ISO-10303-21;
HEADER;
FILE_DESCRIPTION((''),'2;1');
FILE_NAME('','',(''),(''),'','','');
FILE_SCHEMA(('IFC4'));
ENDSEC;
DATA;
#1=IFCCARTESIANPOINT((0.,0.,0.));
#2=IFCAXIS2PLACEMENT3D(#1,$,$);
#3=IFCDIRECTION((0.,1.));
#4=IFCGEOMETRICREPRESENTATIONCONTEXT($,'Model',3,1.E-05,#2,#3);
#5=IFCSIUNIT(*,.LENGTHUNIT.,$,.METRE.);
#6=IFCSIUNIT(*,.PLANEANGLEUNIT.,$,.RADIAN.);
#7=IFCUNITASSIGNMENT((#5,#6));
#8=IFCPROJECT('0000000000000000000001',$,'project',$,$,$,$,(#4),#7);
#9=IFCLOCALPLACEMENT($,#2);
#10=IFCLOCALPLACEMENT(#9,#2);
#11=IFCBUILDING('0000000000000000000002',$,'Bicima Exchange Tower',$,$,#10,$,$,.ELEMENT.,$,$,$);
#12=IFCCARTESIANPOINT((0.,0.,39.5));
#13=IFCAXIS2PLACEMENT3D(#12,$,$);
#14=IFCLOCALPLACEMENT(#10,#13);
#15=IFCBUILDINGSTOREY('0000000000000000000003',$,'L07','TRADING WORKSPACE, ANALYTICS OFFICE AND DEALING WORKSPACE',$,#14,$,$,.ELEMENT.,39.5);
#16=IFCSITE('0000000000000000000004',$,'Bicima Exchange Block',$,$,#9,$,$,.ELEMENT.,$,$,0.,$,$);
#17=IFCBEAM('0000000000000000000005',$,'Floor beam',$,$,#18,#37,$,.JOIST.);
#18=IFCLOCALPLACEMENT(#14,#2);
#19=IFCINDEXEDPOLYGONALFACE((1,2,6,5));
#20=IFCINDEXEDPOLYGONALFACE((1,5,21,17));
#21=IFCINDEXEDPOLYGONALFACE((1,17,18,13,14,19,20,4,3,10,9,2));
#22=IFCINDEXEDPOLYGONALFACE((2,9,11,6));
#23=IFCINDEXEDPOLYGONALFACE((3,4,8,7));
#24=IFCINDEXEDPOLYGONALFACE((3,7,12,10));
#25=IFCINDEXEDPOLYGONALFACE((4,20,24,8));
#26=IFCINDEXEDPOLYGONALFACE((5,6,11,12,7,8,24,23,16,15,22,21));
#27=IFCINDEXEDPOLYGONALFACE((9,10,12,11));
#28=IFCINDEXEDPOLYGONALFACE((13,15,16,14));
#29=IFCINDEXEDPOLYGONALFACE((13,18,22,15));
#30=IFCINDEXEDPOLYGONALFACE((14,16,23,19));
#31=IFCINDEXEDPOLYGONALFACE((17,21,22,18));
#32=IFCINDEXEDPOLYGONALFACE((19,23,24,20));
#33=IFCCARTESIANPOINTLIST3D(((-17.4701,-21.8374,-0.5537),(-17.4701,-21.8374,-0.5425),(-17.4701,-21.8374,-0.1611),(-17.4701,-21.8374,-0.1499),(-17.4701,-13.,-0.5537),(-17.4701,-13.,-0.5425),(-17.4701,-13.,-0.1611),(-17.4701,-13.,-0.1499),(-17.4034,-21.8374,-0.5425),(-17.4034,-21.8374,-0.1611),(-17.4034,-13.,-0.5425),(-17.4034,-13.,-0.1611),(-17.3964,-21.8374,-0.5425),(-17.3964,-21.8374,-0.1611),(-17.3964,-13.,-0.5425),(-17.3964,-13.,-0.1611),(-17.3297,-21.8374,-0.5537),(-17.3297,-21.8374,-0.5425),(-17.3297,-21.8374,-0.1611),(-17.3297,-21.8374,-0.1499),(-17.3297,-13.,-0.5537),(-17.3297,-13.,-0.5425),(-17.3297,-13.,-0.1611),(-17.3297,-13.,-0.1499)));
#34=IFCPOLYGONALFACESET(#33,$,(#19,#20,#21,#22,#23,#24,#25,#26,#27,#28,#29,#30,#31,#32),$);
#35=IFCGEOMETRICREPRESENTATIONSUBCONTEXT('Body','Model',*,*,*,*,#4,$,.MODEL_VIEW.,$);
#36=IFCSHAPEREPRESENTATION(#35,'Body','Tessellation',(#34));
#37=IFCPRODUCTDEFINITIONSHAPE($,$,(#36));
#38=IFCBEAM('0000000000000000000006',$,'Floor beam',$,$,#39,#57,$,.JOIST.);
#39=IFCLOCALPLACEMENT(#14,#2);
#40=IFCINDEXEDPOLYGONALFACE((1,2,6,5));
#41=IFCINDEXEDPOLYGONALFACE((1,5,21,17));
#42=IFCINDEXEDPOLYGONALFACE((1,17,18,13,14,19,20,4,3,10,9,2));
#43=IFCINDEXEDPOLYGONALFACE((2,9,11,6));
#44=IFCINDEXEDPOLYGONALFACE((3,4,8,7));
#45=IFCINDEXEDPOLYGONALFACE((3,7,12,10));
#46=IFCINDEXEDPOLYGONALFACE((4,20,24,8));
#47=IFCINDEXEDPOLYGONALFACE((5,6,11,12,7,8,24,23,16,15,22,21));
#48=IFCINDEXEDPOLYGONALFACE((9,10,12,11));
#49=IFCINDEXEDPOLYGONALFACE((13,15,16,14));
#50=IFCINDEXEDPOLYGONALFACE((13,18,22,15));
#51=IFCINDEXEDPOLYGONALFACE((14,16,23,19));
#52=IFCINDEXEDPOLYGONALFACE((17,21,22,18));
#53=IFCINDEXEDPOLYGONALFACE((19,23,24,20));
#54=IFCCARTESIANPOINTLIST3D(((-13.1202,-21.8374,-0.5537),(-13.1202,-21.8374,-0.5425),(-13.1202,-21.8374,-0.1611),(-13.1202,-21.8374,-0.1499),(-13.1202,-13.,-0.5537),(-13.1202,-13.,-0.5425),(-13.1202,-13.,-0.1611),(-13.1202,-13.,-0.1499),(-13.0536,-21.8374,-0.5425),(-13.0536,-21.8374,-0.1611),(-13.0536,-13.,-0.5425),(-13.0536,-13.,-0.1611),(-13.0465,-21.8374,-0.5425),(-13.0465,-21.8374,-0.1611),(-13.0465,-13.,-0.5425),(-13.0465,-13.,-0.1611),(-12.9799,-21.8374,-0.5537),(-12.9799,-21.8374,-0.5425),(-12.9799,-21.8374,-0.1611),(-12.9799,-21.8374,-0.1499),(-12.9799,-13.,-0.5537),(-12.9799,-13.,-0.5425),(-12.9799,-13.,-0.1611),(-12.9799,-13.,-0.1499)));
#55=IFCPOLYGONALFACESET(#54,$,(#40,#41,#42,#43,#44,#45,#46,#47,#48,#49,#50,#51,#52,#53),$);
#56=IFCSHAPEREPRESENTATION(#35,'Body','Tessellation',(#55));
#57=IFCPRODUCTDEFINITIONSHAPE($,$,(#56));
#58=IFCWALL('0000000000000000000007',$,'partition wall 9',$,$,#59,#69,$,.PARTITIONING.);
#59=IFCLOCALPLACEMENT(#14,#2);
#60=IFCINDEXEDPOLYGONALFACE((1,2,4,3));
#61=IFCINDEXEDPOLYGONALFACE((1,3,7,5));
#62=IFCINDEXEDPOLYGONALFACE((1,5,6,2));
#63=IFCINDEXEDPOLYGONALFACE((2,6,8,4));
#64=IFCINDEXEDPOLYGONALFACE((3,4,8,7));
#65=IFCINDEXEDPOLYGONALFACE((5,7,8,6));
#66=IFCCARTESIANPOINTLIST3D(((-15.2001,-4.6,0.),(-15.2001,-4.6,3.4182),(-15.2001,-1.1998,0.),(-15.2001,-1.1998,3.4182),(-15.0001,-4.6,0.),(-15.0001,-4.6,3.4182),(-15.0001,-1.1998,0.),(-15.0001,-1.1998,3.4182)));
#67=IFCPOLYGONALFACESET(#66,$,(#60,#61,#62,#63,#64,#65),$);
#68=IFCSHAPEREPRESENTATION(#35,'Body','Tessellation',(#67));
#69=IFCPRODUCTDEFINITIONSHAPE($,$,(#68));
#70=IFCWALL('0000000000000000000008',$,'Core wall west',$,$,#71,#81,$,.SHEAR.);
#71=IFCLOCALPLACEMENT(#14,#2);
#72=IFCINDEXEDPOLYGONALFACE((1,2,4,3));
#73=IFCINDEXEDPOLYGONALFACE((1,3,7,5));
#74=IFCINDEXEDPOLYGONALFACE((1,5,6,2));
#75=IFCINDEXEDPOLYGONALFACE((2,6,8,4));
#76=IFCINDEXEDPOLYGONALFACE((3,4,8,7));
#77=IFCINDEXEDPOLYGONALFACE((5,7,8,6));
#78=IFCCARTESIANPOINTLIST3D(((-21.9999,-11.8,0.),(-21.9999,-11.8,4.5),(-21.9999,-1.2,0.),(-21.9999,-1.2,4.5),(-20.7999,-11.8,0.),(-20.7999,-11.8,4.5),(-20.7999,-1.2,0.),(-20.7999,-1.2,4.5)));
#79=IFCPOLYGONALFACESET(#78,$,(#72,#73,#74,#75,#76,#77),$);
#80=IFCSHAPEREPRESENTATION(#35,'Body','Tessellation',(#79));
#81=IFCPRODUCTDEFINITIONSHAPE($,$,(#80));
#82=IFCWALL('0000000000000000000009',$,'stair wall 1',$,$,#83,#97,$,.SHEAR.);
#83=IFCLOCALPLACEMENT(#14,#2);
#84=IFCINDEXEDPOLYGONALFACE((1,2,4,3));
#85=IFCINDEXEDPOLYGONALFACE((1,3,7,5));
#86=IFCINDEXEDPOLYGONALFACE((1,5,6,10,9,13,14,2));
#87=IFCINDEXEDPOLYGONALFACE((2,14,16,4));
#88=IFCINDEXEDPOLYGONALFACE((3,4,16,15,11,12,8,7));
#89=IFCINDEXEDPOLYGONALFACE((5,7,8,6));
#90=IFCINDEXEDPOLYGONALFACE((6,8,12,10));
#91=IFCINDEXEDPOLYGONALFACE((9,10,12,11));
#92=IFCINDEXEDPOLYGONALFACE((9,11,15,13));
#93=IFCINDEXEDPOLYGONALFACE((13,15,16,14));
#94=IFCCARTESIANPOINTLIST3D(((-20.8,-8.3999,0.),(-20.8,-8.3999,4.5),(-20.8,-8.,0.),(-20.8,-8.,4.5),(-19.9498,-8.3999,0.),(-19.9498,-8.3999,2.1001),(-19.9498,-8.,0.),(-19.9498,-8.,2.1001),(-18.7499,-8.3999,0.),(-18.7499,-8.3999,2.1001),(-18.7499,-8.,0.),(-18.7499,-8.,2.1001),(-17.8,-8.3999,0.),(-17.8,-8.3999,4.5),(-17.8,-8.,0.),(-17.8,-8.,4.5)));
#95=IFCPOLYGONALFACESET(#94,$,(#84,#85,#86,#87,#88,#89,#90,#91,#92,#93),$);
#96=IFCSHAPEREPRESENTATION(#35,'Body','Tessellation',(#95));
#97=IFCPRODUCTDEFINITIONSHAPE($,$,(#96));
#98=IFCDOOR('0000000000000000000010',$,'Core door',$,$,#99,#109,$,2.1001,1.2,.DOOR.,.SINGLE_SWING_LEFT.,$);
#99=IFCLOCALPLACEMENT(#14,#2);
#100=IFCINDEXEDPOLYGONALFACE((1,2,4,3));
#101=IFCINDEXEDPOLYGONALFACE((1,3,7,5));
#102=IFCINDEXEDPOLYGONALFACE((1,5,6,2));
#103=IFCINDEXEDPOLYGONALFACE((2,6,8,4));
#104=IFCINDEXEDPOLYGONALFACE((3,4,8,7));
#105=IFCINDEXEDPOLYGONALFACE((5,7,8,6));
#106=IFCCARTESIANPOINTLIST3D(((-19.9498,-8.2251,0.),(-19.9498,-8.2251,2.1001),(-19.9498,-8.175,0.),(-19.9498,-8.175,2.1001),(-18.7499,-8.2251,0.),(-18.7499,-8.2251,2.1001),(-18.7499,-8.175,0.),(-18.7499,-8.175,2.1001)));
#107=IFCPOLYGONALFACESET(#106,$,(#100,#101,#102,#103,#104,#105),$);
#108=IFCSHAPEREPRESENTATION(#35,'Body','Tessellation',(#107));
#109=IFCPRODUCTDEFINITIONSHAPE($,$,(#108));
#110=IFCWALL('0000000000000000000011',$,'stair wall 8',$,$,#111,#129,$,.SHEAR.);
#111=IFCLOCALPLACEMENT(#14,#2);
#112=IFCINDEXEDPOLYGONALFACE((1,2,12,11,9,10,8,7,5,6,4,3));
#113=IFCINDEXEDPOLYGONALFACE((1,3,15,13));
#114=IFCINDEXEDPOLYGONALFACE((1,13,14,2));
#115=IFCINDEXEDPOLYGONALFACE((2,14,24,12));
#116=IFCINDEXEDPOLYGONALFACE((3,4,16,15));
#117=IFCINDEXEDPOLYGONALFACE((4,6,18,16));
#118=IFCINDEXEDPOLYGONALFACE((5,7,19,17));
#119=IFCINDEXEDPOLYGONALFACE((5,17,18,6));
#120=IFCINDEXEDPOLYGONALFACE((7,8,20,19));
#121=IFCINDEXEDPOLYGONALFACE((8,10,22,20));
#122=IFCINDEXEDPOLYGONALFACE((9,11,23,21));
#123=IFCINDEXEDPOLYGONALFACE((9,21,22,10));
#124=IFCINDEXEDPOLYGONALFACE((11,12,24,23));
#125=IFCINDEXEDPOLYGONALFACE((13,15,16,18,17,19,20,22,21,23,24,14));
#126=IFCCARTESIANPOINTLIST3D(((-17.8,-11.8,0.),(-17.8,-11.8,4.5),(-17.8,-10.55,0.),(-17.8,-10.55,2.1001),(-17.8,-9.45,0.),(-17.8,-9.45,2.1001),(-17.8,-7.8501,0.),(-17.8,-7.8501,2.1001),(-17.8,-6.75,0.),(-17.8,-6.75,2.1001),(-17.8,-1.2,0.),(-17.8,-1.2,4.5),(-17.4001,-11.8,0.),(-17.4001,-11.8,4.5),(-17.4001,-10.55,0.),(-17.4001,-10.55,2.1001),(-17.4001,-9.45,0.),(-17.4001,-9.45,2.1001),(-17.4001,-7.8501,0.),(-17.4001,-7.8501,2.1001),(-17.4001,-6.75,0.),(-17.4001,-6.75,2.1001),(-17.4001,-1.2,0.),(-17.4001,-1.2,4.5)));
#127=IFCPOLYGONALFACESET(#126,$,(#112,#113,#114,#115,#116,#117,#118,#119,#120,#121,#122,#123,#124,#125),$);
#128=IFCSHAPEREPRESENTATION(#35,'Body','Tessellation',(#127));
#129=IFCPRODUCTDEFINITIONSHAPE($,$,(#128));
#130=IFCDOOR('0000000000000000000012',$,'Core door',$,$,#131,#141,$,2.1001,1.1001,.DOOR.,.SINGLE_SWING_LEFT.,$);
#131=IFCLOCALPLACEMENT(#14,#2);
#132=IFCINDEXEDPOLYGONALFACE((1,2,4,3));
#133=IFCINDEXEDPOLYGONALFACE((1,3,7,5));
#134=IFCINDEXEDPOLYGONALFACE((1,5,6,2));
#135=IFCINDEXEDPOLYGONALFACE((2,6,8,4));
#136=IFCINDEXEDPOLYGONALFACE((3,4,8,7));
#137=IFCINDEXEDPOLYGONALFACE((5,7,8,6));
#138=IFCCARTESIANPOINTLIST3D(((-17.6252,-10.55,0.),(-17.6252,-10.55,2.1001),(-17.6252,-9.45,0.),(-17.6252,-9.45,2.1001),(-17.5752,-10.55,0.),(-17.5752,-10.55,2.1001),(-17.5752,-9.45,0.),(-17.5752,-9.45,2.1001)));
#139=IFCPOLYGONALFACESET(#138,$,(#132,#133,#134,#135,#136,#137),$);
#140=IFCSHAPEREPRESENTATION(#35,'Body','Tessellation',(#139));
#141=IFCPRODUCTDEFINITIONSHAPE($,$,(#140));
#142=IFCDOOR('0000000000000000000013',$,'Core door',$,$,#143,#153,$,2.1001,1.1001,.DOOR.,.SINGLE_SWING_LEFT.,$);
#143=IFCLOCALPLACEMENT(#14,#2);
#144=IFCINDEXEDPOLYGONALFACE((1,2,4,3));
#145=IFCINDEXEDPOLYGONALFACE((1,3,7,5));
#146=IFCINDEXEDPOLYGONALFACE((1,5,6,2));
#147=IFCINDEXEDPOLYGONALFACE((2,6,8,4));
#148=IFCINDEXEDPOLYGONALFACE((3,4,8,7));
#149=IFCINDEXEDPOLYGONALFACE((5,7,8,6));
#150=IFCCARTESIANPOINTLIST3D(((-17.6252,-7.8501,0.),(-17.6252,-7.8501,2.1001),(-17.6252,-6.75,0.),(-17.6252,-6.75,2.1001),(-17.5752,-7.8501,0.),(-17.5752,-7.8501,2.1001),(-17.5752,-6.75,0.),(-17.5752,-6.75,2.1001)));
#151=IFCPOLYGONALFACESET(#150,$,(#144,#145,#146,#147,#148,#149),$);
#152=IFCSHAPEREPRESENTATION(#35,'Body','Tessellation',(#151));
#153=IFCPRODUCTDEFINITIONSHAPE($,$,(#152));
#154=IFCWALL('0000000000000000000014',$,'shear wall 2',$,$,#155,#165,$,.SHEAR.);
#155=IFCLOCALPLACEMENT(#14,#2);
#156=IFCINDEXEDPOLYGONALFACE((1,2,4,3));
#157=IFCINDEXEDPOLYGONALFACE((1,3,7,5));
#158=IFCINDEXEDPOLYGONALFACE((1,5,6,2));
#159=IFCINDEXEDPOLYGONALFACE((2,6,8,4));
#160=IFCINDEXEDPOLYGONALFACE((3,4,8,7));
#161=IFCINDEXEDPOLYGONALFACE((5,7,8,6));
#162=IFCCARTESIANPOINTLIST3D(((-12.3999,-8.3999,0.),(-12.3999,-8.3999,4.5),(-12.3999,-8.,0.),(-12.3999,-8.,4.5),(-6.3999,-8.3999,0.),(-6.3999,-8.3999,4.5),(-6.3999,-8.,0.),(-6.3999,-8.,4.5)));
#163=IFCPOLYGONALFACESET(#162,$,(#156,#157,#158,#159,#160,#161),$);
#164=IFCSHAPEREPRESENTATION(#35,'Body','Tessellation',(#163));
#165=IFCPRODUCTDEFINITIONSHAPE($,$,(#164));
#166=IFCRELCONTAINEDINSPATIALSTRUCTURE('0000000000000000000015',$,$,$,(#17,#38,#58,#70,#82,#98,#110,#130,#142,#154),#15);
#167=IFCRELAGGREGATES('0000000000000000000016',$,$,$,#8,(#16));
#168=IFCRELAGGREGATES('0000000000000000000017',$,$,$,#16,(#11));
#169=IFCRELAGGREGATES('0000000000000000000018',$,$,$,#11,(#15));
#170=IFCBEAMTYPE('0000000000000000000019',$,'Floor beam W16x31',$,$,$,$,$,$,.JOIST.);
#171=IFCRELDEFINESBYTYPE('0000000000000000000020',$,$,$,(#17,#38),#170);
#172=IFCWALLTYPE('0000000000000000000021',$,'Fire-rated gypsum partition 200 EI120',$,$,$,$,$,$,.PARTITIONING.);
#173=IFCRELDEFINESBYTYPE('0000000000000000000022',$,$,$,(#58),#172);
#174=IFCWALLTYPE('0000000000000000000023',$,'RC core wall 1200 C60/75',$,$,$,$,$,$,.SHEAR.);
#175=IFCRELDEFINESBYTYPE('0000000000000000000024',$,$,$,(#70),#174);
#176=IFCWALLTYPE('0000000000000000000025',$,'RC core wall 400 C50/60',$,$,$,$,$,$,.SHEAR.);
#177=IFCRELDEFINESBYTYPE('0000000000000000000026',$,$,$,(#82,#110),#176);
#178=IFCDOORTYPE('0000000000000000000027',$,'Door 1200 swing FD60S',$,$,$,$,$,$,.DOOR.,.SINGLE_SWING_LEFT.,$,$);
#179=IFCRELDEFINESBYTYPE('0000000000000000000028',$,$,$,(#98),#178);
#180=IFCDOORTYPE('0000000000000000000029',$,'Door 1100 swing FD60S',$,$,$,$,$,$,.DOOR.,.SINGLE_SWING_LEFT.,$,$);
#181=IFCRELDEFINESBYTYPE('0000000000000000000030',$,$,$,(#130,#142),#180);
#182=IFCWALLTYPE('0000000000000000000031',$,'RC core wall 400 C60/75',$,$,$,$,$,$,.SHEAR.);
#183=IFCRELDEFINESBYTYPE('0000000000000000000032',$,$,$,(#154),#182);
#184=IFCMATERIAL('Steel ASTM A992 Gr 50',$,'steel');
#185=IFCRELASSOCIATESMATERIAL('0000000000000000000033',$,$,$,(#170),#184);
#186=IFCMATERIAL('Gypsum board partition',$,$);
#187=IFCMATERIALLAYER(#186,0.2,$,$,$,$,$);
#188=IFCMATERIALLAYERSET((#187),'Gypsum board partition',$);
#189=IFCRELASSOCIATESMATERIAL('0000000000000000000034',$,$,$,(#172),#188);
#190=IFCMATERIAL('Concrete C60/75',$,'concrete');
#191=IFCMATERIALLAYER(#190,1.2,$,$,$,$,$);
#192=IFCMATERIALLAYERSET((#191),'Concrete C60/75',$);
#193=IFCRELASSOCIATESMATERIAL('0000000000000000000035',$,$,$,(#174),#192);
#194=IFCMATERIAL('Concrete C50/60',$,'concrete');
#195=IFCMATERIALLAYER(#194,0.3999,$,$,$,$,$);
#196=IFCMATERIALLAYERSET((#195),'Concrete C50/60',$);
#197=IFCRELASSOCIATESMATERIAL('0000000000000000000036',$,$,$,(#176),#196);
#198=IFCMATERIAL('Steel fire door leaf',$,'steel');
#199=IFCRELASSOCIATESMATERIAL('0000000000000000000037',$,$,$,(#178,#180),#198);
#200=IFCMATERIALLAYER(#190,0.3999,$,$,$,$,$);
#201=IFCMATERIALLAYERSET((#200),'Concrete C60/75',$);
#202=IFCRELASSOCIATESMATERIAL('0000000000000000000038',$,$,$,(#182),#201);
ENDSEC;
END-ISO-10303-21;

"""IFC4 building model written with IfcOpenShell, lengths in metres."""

from ifc_helpers import new_model, si_unit, direction, frame, frame_2d, origin, origin_2d, place, context, subcontext, project, spatial, rectangle, i_section, extrude, material, layer, layer_set, material_profile, profile_set, type_object, element, fill, save


model = new_model("IFC4")

# Units and contexts
model_context = context("Model", 3, precision=1e-05, world=origin(), true_north=direction((0.0, 1.0)))
body_context = subcontext(model_context, "Body", "Model", "MODEL_VIEW")
ifc_project = project(units=[si_unit("LENGTHUNIT", "METRE"), si_unit("PLANEANGLEUNIT", "RADIAN")], contexts=[model_context])

# Site, building, storey
site_placement = place(None, origin())
site = spatial("IfcSite", under=ifc_project, at=site_placement, Name="Bicima Exchange Block", CompositionType="ELEMENT", RefElevation=0.0)
building_placement = place(site_placement, origin())
building = spatial("IfcBuilding", under=site, at=building_placement, Name="Bicima Exchange Tower", CompositionType="ELEMENT")
storey_placement = place(building_placement, frame((0.0, 0.0, 39.5)))
storey = spatial("IfcBuildingStorey", under=building, at=storey_placement, Name="L07", Description="TRADING WORKSPACE, ANALYTICS OFFICE AND DEALING WORKSPACE", CompositionType="ELEMENT", Elevation=39.5)

# Beams
ifc_material_1 = material(Name="Steel ASTM A992 Gr 50", Category="steel")
ifc_material_profile = material_profile(ifc_material_1, i_section(OverallWidth=0.1404, OverallDepth=0.4038, WebThickness=0.0071, FlangeThickness=0.0112, at=origin_2d()))
ifc_profile_set = profile_set([ifc_material_profile], Name="Steel ASTM A992 Gr 50")
beam_type = type_object("IfcBeamType", Name="Floor beam W16x31", PredefinedType="JOIST", material=ifc_profile_set)
for number, where, z_axis, x_axis, name in (
    (1, (-17.3999, -13.0, -0.3518), (0.0, -1.0, 0.0), (1.0, 0.0, 0.0), "Floor beam"),
    (2, (-13.05, -13.0, -0.3518), (0.0, -1.0, 0.0), (1.0, 0.0, 0.0), "Floor beam"),
):
    element("IfcBeam", number, at=place(storey_placement, frame(where, z_axis=z_axis, x_axis=x_axis)), inside=storey, type_object=beam_type, Name=name, PredefinedType="JOIST", context=body_context, shape_type="SweptSolid", body=[
        extrude(i_section(OverallWidth=0.1404, OverallDepth=0.4038, WebThickness=0.0071, FlangeThickness=0.0112, at=origin_2d()), origin(), (0.0, 0.0, 1.0), 8.8374),
    ])

# Walls
ifc_material_2 = material(Name="Gypsum board partition")
ifc_layer_1 = layer(ifc_material_2, 0.2)
ifc_layer_set_1 = layer_set([ifc_layer_1], Name="Gypsum board partition")
wall_type_1 = type_object("IfcWallType", Name="Fire-rated gypsum partition 200 EI120", PredefinedType="PARTITIONING", material=ifc_layer_set_1)
wall_1_placement = place(storey_placement, frame((-15.1001, -4.6001, 0.0), z_axis=(0.0, 0.0, 1.0), x_axis=(0.0, 1.0, 0.0)))
element("IfcWall", 3, at=wall_1_placement, inside=storey, type_object=wall_type_1, Name="partition wall 9", PredefinedType="PARTITIONING", context=body_context, shape_type="SweptSolid", body=[
    extrude(rectangle(XDim=3.4001, YDim=0.2, at=frame_2d((1.7002, 0.0))), origin(), (0.0, 0.0, 1.0), 3.4182),
])
ifc_material_3 = material(Name="Concrete C60/75", Category="concrete")
ifc_layer_2 = layer(ifc_material_3, 1.2)
ifc_layer_set_2 = layer_set([ifc_layer_2], Name="Concrete C60/75")
wall_type_2 = type_object("IfcWallType", Name="RC core wall 1200 C60/75", PredefinedType="SHEAR", material=ifc_layer_set_2)
wall_2_placement = place(storey_placement, frame((-21.3999, -11.8, 0.0), z_axis=(0.0, 0.0, 1.0), x_axis=(0.0, 1.0, 0.0)))
element("IfcWall", 4, at=wall_2_placement, inside=storey, type_object=wall_type_2, Name="Core wall west", PredefinedType="SHEAR", context=body_context, shape_type="SweptSolid", body=[
    extrude(rectangle(XDim=10.6001, YDim=1.2, at=frame_2d((5.3, 0.0))), origin(), (0.0, 0.0, 1.0), 4.5),
])

# Wall, opening, door
ifc_material_4 = material(Name="Concrete C50/60", Category="concrete")
ifc_layer_3 = layer(ifc_material_4, 0.3999)
ifc_layer_set_3 = layer_set([ifc_layer_3], Name="Concrete C50/60")
wall_type_3 = type_object("IfcWallType", Name="RC core wall 400 C50/60", PredefinedType="SHEAR", material=ifc_layer_set_3)
wall_3_placement = place(storey_placement, frame((-20.8, -8.2, 0.0), z_axis=(0.0, 0.0, 1.0), x_axis=(1.0, 0.0, 0.0)))
wall_3 = element("IfcWall", 5, at=wall_3_placement, inside=storey, type_object=wall_type_3, Name="stair wall 1", PredefinedType="SHEAR", context=body_context, shape_type="SweptSolid", body=[
    extrude(rectangle(XDim=3.0, YDim=0.3999, at=frame_2d((1.5, 0.0))), origin(), (0.0, 0.0, 1.0), 4.5),
])
opening_1_placement = place(wall_3_placement, frame((0.8501, 0.0, 0.0)))
opening_1 = element("IfcOpeningElement", 6, at=opening_1_placement, cuts=wall_3, PredefinedType="OPENING", context=body_context, shape_type="SweptSolid", body=[
    extrude(rectangle(XDim=1.2, YDim=2.1001, at=frame_2d((0.6001, 1.05))), frame((0.0, 0.2119, 0.0), z_axis=(0.0, -1.0, 0.0), x_axis=(1.0, 0.0, 0.0)), (0.0, 0.0, 1.0), 0.4238),
])
ifc_material_5 = material(Name="Steel fire door leaf", Category="steel")
door_type_1 = type_object("IfcDoorType", Name="Door 1200 swing FD60S", OperationType="SINGLE_SWING_LEFT", PredefinedType="DOOR", material=ifc_material_5)
door_1_placement = place(opening_1_placement, origin())
door_1 = element("IfcDoor", 7, at=door_1_placement, inside=storey, type_object=door_type_1, Name="Core door", OperationType="SINGLE_SWING_LEFT", OverallHeight=2.1001, OverallWidth=1.2, PredefinedType="DOOR", context=body_context, shape_type="SweptSolid", body=[
    extrude(rectangle(XDim=1.2, YDim=2.1001, at=frame_2d((0.6001, 1.05))), frame((0.0, 0.0249, 0.0), z_axis=(0.0, -1.0, 0.0), x_axis=(1.0, 0.0, 0.0)), (0.0, 0.0, 1.0), 0.05),
])
fill(opening_1, door_1)

# Wall, openings, doors
wall_4_placement = place(storey_placement, frame((-17.6001, -11.8, 0.0), z_axis=(0.0, 0.0, 1.0), x_axis=(0.0, 1.0, 0.0)))
wall_4 = element("IfcWall", 8, at=wall_4_placement, inside=storey, type_object=wall_type_3, Name="stair wall 8", PredefinedType="SHEAR", context=body_context, shape_type="SweptSolid", body=[
    extrude(rectangle(XDim=10.6001, YDim=0.3999, at=frame_2d((5.3, 0.0))), origin(), (0.0, 0.0, 1.0), 4.5),
])
opening_2_placement = place(wall_4_placement, frame((1.25, 0.0, 0.0)))
opening_2 = element("IfcOpeningElement", 9, at=opening_2_placement, cuts=wall_4, PredefinedType="OPENING", context=body_context, shape_type="SweptSolid", body=[
    extrude(rectangle(XDim=1.1001, YDim=2.1001, at=frame_2d((0.55, 1.05))), frame((0.0, 0.2119, 0.0), z_axis=(0.0, -1.0, 0.0), x_axis=(1.0, 0.0, 0.0)), (0.0, 0.0, 1.0), 0.4238),
])
opening_3_placement = place(wall_4_placement, frame((3.95, 0.0, 0.0)))
opening_3 = element("IfcOpeningElement", 10, at=opening_3_placement, cuts=wall_4, PredefinedType="OPENING", context=body_context, shape_type="SweptSolid", body=[
    extrude(rectangle(XDim=1.1001, YDim=2.1001, at=frame_2d((0.55, 1.05))), frame((0.0, 0.2119, 0.0), z_axis=(0.0, -1.0, 0.0), x_axis=(1.0, 0.0, 0.0)), (0.0, 0.0, 1.0), 0.4238),
])
door_type_2 = type_object("IfcDoorType", Name="Door 1100 swing FD60S", OperationType="SINGLE_SWING_LEFT", PredefinedType="DOOR", material=ifc_material_5)
door_2_placement = place(opening_2_placement, frame((1.1001, 0.0, 0.0), z_axis=(0.0, 0.0, 1.0), x_axis=(-1.0, 0.0, 0.0)))
door_2 = element("IfcDoor", 11, at=door_2_placement, inside=storey, type_object=door_type_2, Name="Core door", OperationType="SINGLE_SWING_LEFT", OverallHeight=2.1001, OverallWidth=1.1001, PredefinedType="DOOR", context=body_context, shape_type="SweptSolid", body=[
    extrude(rectangle(XDim=1.1001, YDim=2.1001, at=frame_2d((0.55, 1.05))), frame((0.0, 0.0249, 0.0), z_axis=(0.0, -1.0, 0.0), x_axis=(1.0, 0.0, 0.0)), (0.0, 0.0, 1.0), 0.05),
])
fill(opening_2, door_2)
door_3_placement = place(opening_3_placement, frame((1.1001, 0.0, 0.0), z_axis=(0.0, 0.0, 1.0), x_axis=(-1.0, 0.0, 0.0)))
door_3 = element("IfcDoor", 12, at=door_3_placement, inside=storey, type_object=door_type_2, Name="Core door", OperationType="SINGLE_SWING_LEFT", OverallHeight=2.1001, OverallWidth=1.1001, PredefinedType="DOOR", context=body_context, shape_type="SweptSolid", body=[
    extrude(rectangle(XDim=1.1001, YDim=2.1001, at=frame_2d((0.55, 1.05))), frame((0.0, 0.0249, 0.0), z_axis=(0.0, -1.0, 0.0), x_axis=(1.0, 0.0, 0.0)), (0.0, 0.0, 1.0), 0.05),
])
fill(opening_3, door_3)

# Wall
ifc_layer_4 = layer(ifc_material_3, 0.3999)
ifc_layer_set_4 = layer_set([ifc_layer_4], Name="Concrete C60/75")
wall_type_4 = type_object("IfcWallType", Name="RC core wall 400 C60/75", PredefinedType="SHEAR", material=ifc_layer_set_4)
wall_5_placement = place(storey_placement, frame((-12.3999, -8.2, 0.0), z_axis=(0.0, 0.0, 1.0), x_axis=(1.0, 0.0, 0.0)))
element("IfcWall", 13, at=wall_5_placement, inside=storey, type_object=wall_type_4, Name="shear wall 2", PredefinedType="SHEAR", context=body_context, shape_type="SweptSolid", body=[
    extrude(rectangle(XDim=6.0, YDim=0.3999, at=frame_2d((3.0, 0.0))), origin(), (0.0, 0.0, 1.0), 4.5),
])

save(model, "model.ifc")
